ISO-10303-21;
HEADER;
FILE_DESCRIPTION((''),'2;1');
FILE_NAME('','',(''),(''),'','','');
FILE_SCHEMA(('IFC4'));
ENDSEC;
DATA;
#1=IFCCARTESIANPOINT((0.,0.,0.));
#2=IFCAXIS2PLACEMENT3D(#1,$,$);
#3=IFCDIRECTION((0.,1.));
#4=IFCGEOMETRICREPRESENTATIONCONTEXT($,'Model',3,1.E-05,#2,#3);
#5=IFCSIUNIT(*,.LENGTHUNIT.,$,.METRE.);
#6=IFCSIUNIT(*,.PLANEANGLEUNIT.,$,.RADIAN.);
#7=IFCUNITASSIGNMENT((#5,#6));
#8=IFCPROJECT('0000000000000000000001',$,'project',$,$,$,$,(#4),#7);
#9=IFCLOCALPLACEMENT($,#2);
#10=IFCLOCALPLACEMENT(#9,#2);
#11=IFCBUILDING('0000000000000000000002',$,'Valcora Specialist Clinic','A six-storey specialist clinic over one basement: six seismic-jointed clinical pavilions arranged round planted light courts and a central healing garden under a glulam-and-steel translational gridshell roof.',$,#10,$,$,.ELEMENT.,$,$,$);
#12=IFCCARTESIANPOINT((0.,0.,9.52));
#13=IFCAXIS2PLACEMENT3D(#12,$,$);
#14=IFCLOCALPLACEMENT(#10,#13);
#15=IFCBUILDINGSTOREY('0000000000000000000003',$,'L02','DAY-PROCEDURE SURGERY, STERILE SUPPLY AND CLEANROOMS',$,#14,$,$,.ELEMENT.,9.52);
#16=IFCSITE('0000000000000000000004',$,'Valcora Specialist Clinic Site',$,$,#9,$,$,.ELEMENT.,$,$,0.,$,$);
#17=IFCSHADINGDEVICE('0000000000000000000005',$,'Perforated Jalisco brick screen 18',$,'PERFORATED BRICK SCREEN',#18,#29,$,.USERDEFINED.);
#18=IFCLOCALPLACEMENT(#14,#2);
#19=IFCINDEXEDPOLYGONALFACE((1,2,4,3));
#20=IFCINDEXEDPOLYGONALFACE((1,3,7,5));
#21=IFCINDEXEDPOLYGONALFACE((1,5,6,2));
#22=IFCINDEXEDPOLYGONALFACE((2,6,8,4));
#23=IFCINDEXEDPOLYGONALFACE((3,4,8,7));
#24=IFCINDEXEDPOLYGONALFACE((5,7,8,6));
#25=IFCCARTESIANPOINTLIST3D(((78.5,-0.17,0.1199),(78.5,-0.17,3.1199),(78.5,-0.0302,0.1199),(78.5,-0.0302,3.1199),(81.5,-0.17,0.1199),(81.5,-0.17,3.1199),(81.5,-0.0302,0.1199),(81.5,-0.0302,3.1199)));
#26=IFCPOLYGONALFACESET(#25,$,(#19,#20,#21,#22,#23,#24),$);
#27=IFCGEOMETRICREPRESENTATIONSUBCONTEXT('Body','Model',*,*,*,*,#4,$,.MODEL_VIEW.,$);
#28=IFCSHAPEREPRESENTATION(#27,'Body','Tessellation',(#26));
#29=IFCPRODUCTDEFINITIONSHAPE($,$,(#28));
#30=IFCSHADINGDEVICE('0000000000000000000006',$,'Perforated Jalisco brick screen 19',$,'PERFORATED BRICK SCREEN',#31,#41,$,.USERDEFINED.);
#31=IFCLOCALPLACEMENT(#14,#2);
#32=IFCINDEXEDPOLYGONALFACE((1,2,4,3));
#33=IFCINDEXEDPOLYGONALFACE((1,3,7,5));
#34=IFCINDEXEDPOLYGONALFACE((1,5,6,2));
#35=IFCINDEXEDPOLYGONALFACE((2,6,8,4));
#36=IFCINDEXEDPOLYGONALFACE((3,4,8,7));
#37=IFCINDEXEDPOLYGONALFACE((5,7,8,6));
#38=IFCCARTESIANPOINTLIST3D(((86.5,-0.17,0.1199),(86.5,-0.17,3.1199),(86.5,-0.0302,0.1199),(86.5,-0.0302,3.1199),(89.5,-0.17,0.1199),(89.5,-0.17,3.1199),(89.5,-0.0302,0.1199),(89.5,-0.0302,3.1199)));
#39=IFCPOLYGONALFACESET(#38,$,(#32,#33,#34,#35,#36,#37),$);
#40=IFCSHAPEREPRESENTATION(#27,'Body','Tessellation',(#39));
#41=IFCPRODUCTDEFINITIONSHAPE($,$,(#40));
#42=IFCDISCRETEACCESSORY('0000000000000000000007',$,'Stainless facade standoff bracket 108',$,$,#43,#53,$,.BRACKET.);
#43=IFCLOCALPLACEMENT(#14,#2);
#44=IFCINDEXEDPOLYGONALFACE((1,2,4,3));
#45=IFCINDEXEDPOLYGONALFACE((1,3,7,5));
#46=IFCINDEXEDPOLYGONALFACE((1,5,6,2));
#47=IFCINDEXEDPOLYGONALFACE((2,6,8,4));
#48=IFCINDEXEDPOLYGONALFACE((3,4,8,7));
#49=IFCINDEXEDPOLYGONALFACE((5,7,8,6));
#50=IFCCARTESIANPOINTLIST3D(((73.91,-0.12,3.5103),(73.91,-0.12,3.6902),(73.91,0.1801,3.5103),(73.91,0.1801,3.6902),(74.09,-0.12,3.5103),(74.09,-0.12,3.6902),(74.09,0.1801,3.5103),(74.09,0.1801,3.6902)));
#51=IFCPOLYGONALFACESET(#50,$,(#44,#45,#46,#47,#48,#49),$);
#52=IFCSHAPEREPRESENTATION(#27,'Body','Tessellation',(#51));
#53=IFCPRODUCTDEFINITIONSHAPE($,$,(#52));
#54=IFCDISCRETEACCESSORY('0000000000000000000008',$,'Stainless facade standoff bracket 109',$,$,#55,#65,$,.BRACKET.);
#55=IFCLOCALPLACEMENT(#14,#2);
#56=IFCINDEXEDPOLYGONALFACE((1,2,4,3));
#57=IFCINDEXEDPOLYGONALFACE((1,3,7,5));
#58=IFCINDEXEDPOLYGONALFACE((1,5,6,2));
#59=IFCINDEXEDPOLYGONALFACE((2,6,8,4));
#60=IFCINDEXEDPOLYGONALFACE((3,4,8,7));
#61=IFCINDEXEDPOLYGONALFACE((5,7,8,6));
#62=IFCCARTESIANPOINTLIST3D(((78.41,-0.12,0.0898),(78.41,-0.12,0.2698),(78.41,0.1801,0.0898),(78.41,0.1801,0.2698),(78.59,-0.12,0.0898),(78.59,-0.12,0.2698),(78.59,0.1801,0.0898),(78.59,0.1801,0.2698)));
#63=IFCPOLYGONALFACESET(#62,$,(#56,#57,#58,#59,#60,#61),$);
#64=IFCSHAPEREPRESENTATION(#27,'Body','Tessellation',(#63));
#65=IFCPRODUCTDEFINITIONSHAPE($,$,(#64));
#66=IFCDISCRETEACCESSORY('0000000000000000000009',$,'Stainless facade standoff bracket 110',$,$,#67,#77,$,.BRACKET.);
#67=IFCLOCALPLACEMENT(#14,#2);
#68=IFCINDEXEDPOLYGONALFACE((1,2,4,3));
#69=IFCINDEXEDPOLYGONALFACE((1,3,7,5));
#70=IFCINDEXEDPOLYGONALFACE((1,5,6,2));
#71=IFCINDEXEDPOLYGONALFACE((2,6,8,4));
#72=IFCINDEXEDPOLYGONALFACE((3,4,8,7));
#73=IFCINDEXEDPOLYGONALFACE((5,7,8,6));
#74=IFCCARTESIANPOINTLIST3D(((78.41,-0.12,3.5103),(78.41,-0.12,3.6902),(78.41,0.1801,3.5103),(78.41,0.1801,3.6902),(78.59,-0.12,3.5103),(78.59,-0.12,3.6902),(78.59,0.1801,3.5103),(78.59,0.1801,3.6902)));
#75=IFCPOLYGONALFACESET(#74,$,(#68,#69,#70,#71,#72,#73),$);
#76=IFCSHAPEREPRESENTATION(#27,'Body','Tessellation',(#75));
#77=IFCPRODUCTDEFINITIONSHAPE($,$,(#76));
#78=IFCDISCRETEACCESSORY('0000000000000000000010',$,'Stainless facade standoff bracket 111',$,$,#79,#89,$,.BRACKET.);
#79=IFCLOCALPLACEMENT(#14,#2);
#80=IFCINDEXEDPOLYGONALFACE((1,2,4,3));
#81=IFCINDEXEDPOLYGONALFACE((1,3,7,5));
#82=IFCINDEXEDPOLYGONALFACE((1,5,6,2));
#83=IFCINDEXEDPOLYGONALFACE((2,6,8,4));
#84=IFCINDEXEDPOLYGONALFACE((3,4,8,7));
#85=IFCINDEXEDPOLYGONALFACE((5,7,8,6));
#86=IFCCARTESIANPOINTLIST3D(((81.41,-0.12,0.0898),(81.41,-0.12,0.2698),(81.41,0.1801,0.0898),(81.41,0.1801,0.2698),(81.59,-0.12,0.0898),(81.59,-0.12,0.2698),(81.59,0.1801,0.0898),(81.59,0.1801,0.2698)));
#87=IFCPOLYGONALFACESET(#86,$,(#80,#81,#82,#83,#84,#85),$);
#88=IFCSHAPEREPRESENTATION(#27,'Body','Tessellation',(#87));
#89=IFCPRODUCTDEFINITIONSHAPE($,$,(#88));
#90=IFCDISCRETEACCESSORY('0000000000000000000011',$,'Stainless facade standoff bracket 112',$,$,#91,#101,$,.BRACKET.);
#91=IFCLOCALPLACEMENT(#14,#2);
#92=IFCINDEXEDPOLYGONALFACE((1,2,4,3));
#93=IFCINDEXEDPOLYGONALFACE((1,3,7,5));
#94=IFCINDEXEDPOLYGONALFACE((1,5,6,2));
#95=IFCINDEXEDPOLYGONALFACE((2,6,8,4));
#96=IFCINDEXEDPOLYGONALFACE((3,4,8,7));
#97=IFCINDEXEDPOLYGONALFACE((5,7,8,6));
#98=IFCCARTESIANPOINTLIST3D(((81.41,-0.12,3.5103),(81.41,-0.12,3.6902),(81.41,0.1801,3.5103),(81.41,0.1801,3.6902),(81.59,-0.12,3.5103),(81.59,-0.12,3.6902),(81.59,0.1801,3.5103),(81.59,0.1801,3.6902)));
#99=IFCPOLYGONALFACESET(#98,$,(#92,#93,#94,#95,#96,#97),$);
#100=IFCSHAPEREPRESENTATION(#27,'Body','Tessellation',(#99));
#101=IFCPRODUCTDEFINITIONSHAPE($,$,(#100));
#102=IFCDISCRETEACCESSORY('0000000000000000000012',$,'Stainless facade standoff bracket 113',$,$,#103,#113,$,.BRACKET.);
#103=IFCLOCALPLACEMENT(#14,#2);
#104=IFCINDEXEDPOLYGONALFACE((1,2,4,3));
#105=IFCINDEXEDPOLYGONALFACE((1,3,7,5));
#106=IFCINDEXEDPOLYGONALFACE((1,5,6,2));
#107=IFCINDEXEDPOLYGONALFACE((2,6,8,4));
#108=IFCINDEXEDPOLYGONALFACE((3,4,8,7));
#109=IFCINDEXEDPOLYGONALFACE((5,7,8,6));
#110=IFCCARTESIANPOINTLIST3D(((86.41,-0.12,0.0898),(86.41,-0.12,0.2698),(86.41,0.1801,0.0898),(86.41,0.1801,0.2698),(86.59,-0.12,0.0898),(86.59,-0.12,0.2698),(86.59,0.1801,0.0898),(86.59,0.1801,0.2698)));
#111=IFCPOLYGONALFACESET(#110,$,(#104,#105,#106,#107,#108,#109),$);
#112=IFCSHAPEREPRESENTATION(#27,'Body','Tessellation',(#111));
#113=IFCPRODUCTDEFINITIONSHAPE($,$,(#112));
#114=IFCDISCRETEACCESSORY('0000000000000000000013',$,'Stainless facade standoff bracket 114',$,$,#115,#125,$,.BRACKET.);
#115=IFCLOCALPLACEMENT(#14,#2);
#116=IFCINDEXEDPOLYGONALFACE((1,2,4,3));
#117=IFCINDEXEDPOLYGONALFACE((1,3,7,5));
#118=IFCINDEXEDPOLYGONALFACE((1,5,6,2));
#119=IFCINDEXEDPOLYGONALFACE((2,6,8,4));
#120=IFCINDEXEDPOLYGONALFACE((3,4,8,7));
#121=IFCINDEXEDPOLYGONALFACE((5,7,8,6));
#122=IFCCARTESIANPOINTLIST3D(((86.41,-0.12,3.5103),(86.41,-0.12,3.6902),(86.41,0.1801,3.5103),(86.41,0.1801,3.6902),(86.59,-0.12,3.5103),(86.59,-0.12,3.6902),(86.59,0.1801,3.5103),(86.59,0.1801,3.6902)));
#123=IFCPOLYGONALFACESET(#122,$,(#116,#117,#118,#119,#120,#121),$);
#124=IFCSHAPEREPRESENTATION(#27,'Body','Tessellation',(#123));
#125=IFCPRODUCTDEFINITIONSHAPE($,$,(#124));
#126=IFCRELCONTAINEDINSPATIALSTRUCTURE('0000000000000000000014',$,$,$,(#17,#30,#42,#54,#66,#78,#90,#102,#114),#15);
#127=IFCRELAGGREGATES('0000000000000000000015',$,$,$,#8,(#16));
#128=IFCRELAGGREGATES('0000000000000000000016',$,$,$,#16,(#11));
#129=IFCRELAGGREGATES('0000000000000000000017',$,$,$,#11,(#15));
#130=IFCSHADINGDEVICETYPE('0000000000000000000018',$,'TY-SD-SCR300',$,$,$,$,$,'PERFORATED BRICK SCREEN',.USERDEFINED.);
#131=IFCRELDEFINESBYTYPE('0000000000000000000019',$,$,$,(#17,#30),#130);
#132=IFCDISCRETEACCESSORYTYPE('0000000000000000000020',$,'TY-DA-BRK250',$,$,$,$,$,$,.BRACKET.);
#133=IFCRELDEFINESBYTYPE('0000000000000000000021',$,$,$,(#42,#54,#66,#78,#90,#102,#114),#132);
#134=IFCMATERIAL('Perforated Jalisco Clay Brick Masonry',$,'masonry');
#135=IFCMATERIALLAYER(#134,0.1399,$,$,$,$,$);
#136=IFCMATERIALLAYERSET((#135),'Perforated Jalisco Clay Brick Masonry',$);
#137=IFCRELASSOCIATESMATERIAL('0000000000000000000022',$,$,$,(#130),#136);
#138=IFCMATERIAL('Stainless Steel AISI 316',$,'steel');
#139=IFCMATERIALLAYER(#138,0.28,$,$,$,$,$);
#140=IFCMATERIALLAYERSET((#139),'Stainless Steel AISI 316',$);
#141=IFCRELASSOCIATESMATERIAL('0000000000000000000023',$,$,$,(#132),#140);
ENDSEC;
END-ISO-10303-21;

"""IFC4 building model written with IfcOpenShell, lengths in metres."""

from ifc_helpers import new_model, si_unit, direction, frame, origin, origin_2d, place, context, subcontext, project, spatial, rectangle, extrude, material, layer, layer_set, type_object, element, save


model = new_model("IFC4")

# Units and contexts
model_context = context("Model", 3, precision=1e-05, world=origin(), true_north=direction((0.0, 1.0)))
body_context = subcontext(model_context, "Body", "Model", "MODEL_VIEW")
ifc_project = project(units=[si_unit("LENGTHUNIT", "METRE"), si_unit("PLANEANGLEUNIT", "RADIAN")], contexts=[model_context])

# Site, building, storey
site_placement = place(None, origin())
site = spatial("IfcSite", under=ifc_project, at=site_placement, Name="Valcora Specialist Clinic Site", CompositionType="ELEMENT", RefElevation=0.0)
building_placement = place(site_placement, origin())
building = spatial("IfcBuilding", under=site, at=building_placement, Name="Valcora Specialist Clinic", Description="A six-storey specialist clinic over one basement: six seismic-jointed clinical pavilions arranged round planted light courts and a central healing garden under a glulam-and-steel translational gridshell roof.", CompositionType="ELEMENT")
storey_placement = place(building_placement, frame((0.0, 0.0, 9.52)))
storey = spatial("IfcBuildingStorey", under=building, at=storey_placement, Name="L02", Description="DAY-PROCEDURE SURGERY, STERILE SUPPLY AND CLEANROOMS", CompositionType="ELEMENT", Elevation=9.52)

# Shading devices
ifc_material_1 = material(Name="Perforated Jalisco Clay Brick Masonry", Category="masonry")
ifc_layer_1 = layer(ifc_material_1, 0.1399)
ifc_layer_set_1 = layer_set([ifc_layer_1], Name="Perforated Jalisco Clay Brick Masonry")
shading_device_type = type_object("IfcShadingDeviceType", Name="TY-SD-SCR300", ElementType="PERFORATED BRICK SCREEN", PredefinedType="USERDEFINED", material=ifc_layer_set_1)
for number, where, z_axis, x_axis, name in (
    (1, (80.0, -0.1001, 0.1199), (0.0, 0.0, 1.0), (1.0, 0.0, 0.0), "Perforated Jalisco brick screen 18"),
    (2, (88.0, -0.1001, 0.1199), (0.0, 0.0, 1.0), (1.0, 0.0, 0.0), "Perforated Jalisco brick screen 19"),
):
    element("IfcShadingDevice", number, at=place(storey_placement, frame(where, z_axis=z_axis, x_axis=x_axis)), inside=storey, type_object=shading_device_type, Name=name, ObjectType="PERFORATED BRICK SCREEN", PredefinedType="USERDEFINED", context=body_context, shape_type="SweptSolid", body=[
        extrude(rectangle(XDim=3.0, YDim=0.1399, at=origin_2d()), origin(), (0.0, 0.0, 1.0), 3.0),
    ])

# Discrete accessories
ifc_material_2 = material(Name="Stainless Steel AISI 316", Category="steel")
ifc_layer_2 = layer(ifc_material_2, 0.28)
ifc_layer_set_2 = layer_set([ifc_layer_2], Name="Stainless Steel AISI 316")
discrete_accessory_type = type_object("IfcDiscreteAccessoryType", Name="TY-DA-BRK250", PredefinedType="BRACKET", material=ifc_layer_set_2)
for number, where, z_axis, x_axis, name in (
    (3, (74.0, 0.03, 3.5103), (0.0, 0.0, 1.0), (1.0, 0.0, 0.0), "Stainless facade standoff bracket 108"),
    (4, (78.5, 0.03, 0.0898), (0.0, 0.0, 1.0), (1.0, 0.0, 0.0), "Stainless facade standoff bracket 109"),
    (5, (78.5, 0.03, 3.5103), (0.0, 0.0, 1.0), (1.0, 0.0, 0.0), "Stainless facade standoff bracket 110"),
    (6, (81.5, 0.03, 0.0898), (0.0, 0.0, 1.0), (1.0, 0.0, 0.0), "Stainless facade standoff bracket 111"),
    (7, (81.5, 0.03, 3.5103), (0.0, 0.0, 1.0), (1.0, 0.0, 0.0), "Stainless facade standoff bracket 112"),
    (8, (86.5, 0.03, 0.0898), (0.0, 0.0, 1.0), (1.0, 0.0, 0.0), "Stainless facade standoff bracket 113"),
    (9, (86.5, 0.03, 3.5103), (0.0, 0.0, 1.0), (1.0, 0.0, 0.0), "Stainless facade standoff bracket 114"),
):
    element("IfcDiscreteAccessory", number, at=place(storey_placement, frame(where, z_axis=z_axis, x_axis=x_axis)), inside=storey, type_object=discrete_accessory_type, Name=name, PredefinedType="BRACKET", context=body_context, shape_type="SweptSolid", body=[
        extrude(rectangle(XDim=0.1799, YDim=0.3, at=origin_2d()), origin(), (0.0, 0.0, 1.0), 0.1799),
    ])

save(model, "model.ifc")
